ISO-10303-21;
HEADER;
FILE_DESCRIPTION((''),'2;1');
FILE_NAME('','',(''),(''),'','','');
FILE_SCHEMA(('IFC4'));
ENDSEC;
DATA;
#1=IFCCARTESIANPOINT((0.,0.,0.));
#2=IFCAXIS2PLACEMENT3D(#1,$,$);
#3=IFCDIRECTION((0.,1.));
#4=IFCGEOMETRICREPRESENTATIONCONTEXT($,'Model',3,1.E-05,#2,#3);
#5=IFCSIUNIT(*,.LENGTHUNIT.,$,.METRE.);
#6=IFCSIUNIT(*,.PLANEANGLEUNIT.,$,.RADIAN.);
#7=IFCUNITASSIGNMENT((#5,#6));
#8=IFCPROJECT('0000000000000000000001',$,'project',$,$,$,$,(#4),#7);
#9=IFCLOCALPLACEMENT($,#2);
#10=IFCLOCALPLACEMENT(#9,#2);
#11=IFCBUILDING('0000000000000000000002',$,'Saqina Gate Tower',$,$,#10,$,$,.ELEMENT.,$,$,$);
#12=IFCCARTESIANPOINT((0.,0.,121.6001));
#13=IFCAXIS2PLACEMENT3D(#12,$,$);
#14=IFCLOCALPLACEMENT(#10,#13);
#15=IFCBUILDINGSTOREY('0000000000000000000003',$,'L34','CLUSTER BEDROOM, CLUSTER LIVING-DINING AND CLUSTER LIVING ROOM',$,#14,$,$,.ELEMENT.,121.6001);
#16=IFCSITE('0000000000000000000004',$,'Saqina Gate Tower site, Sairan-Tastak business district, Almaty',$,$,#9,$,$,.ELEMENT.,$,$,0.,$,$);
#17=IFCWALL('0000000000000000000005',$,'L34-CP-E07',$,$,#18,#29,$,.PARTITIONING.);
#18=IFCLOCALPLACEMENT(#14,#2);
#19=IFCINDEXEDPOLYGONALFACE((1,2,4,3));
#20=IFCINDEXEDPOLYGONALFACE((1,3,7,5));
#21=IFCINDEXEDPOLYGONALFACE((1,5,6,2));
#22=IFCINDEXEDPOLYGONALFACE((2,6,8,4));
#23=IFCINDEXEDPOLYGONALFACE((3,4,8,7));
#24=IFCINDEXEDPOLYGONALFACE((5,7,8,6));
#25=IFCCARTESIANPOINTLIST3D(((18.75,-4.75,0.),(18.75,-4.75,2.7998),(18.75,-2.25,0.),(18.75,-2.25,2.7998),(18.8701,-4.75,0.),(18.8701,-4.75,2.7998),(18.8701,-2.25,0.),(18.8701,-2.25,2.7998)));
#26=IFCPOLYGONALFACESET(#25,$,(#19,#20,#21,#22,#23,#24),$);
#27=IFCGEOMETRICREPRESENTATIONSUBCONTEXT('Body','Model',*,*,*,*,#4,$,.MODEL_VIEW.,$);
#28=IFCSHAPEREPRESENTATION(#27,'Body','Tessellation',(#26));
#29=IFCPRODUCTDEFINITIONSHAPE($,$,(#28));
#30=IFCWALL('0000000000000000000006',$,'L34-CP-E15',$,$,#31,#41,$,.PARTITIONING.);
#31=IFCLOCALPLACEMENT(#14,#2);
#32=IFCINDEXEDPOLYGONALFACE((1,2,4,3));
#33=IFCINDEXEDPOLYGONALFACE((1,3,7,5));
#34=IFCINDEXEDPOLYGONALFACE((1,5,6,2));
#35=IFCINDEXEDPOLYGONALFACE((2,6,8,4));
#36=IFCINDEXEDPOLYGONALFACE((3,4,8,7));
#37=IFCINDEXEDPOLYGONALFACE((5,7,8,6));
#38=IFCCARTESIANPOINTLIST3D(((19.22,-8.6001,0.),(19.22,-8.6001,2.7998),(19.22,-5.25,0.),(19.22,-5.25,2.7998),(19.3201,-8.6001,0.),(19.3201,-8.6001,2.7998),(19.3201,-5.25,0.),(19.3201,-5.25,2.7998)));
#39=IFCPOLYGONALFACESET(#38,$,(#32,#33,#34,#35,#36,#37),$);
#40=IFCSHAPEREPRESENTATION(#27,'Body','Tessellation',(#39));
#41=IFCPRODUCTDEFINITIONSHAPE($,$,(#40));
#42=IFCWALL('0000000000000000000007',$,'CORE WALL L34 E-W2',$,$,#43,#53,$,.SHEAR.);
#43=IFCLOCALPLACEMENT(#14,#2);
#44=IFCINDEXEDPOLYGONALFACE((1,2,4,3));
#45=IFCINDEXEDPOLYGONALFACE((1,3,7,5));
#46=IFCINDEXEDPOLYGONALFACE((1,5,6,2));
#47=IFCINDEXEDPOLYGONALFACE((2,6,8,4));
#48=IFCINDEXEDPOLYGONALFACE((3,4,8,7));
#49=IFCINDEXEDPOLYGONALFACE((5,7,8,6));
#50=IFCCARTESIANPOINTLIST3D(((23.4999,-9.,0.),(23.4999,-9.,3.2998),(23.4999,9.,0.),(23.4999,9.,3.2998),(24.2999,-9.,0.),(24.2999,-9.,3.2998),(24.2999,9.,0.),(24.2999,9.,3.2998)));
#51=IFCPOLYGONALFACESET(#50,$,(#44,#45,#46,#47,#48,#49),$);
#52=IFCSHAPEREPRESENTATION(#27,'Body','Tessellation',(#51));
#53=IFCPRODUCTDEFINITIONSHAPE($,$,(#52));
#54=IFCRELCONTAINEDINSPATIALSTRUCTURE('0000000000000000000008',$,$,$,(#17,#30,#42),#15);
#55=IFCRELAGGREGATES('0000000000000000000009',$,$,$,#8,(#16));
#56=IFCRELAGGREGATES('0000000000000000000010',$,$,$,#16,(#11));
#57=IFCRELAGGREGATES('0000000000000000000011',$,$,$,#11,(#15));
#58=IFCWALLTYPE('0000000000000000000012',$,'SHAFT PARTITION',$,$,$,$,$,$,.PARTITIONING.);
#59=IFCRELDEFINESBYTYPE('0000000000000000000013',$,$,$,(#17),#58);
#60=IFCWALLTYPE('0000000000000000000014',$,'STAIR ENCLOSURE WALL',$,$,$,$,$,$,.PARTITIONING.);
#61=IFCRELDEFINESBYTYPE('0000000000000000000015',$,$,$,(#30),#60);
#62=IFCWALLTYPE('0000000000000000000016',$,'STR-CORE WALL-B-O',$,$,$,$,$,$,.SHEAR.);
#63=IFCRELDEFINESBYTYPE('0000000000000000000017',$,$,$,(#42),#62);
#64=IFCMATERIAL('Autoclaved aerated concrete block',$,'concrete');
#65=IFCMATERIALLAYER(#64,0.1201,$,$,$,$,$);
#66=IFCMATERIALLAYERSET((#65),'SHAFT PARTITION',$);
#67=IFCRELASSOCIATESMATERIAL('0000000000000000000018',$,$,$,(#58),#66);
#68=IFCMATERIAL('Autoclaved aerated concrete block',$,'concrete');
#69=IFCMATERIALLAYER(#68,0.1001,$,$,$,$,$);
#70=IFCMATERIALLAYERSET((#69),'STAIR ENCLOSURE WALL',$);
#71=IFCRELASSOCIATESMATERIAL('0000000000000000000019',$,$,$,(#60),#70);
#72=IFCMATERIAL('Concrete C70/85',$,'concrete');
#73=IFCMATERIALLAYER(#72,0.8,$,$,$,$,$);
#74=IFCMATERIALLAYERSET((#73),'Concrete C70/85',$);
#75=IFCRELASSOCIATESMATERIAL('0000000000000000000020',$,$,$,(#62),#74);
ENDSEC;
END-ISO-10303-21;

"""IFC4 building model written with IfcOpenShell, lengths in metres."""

from ifc_helpers import new_model, si_unit, direction, frame, frame_2d, origin, place, context, subcontext, project, spatial, rectangle, extrude, material, layer, layer_set, type_object, element, save


model = new_model("IFC4")

# Units and contexts
model_context = context("Model", 3, precision=1e-05, world=origin(), true_north=direction((0.0, 1.0)))
body_context = subcontext(model_context, "Body", "Model", "MODEL_VIEW")
ifc_project = project(units=[si_unit("LENGTHUNIT", "METRE"), si_unit("PLANEANGLEUNIT", "RADIAN")], contexts=[model_context])

# Site, building, storey
site_placement = place(None, origin())
site = spatial("IfcSite", under=ifc_project, at=site_placement, Name="Saqina Gate Tower site, Sairan-Tastak business district, Almaty", CompositionType="ELEMENT", RefElevation=0.0)
building_placement = place(site_placement, origin())
building = spatial("IfcBuilding", under=site, at=building_placement, Name="Saqina Gate Tower", CompositionType="ELEMENT")
storey_placement = place(building_placement, frame((0.0, 0.0, 121.6001)))
storey = spatial("IfcBuildingStorey", under=building, at=storey_placement, Name="L34", Description="CLUSTER BEDROOM, CLUSTER LIVING-DINING AND CLUSTER LIVING ROOM", CompositionType="ELEMENT", Elevation=121.6001)

# Walls
ifc_material_1 = material(Name="Autoclaved aerated concrete block", Category="concrete")
ifc_layer_1 = layer(ifc_material_1, 0.1201)
ifc_layer_set_1 = layer_set([ifc_layer_1], Name="SHAFT PARTITION")
wall_type_1 = type_object("IfcWallType", Name="SHAFT PARTITION", PredefinedType="PARTITIONING", material=ifc_layer_set_1)
wall_1_placement = place(storey_placement, frame((18.8101, -4.75, 0.0), z_axis=(0.0, 0.0, 1.0), x_axis=(0.0, 1.0, 0.0)))
element("IfcWall", 1, at=wall_1_placement, inside=storey, type_object=wall_type_1, Name="L34-CP-E07", PredefinedType="PARTITIONING", context=body_context, shape_type="SweptSolid", body=[
    extrude(rectangle(XDim=2.5, YDim=0.1201, at=frame_2d((1.25, 0.0))), origin(), (0.0, 0.0, 1.0), 2.7998),
])
ifc_material_2 = material(Name="Autoclaved aerated concrete block", Category="concrete")
ifc_layer_2 = layer(ifc_material_2, 0.1001)
ifc_layer_set_2 = layer_set([ifc_layer_2], Name="STAIR ENCLOSURE WALL")
wall_type_2 = type_object("IfcWallType", Name="STAIR ENCLOSURE WALL", PredefinedType="PARTITIONING", material=ifc_layer_set_2)
wall_2_placement = place(storey_placement, frame((19.27, -8.6001, 0.0), z_axis=(0.0, 0.0, 1.0), x_axis=(0.0, 1.0, 0.0)))
element("IfcWall", 2, at=wall_2_placement, inside=storey, type_object=wall_type_2, Name="L34-CP-E15", PredefinedType="PARTITIONING", context=body_context, shape_type="SweptSolid", body=[
    extrude(rectangle(XDim=3.3501, YDim=0.1001, at=frame_2d((1.675, 0.0))), origin(), (0.0, 0.0, 1.0), 2.7998),
])
ifc_material_3 = material(Name="Concrete C70/85", Category="concrete")
ifc_layer_3 = layer(ifc_material_3, 0.8)
ifc_layer_set_3 = layer_set([ifc_layer_3], Name="Concrete C70/85")
wall_type_3 = type_object("IfcWallType", Name="STR-CORE WALL-B-O", PredefinedType="SHEAR", material=ifc_layer_set_3)
wall_3_placement = place(storey_placement, frame((23.8999, -9.0, 0.0), z_axis=(0.0, 0.0, 1.0), x_axis=(0.0, 1.0, 0.0)))
element("IfcWall", 3, at=wall_3_placement, inside=storey, type_object=wall_type_3, Name="CORE WALL L34 E-W2", PredefinedType="SHEAR", context=body_context, shape_type="SweptSolid", body=[
    extrude(rectangle(XDim=18.0, YDim=0.8, at=frame_2d((9.0, 0.0))), origin(), (0.0, 0.0, 1.0), 3.2998),
])

save(model, "model.ifc")
